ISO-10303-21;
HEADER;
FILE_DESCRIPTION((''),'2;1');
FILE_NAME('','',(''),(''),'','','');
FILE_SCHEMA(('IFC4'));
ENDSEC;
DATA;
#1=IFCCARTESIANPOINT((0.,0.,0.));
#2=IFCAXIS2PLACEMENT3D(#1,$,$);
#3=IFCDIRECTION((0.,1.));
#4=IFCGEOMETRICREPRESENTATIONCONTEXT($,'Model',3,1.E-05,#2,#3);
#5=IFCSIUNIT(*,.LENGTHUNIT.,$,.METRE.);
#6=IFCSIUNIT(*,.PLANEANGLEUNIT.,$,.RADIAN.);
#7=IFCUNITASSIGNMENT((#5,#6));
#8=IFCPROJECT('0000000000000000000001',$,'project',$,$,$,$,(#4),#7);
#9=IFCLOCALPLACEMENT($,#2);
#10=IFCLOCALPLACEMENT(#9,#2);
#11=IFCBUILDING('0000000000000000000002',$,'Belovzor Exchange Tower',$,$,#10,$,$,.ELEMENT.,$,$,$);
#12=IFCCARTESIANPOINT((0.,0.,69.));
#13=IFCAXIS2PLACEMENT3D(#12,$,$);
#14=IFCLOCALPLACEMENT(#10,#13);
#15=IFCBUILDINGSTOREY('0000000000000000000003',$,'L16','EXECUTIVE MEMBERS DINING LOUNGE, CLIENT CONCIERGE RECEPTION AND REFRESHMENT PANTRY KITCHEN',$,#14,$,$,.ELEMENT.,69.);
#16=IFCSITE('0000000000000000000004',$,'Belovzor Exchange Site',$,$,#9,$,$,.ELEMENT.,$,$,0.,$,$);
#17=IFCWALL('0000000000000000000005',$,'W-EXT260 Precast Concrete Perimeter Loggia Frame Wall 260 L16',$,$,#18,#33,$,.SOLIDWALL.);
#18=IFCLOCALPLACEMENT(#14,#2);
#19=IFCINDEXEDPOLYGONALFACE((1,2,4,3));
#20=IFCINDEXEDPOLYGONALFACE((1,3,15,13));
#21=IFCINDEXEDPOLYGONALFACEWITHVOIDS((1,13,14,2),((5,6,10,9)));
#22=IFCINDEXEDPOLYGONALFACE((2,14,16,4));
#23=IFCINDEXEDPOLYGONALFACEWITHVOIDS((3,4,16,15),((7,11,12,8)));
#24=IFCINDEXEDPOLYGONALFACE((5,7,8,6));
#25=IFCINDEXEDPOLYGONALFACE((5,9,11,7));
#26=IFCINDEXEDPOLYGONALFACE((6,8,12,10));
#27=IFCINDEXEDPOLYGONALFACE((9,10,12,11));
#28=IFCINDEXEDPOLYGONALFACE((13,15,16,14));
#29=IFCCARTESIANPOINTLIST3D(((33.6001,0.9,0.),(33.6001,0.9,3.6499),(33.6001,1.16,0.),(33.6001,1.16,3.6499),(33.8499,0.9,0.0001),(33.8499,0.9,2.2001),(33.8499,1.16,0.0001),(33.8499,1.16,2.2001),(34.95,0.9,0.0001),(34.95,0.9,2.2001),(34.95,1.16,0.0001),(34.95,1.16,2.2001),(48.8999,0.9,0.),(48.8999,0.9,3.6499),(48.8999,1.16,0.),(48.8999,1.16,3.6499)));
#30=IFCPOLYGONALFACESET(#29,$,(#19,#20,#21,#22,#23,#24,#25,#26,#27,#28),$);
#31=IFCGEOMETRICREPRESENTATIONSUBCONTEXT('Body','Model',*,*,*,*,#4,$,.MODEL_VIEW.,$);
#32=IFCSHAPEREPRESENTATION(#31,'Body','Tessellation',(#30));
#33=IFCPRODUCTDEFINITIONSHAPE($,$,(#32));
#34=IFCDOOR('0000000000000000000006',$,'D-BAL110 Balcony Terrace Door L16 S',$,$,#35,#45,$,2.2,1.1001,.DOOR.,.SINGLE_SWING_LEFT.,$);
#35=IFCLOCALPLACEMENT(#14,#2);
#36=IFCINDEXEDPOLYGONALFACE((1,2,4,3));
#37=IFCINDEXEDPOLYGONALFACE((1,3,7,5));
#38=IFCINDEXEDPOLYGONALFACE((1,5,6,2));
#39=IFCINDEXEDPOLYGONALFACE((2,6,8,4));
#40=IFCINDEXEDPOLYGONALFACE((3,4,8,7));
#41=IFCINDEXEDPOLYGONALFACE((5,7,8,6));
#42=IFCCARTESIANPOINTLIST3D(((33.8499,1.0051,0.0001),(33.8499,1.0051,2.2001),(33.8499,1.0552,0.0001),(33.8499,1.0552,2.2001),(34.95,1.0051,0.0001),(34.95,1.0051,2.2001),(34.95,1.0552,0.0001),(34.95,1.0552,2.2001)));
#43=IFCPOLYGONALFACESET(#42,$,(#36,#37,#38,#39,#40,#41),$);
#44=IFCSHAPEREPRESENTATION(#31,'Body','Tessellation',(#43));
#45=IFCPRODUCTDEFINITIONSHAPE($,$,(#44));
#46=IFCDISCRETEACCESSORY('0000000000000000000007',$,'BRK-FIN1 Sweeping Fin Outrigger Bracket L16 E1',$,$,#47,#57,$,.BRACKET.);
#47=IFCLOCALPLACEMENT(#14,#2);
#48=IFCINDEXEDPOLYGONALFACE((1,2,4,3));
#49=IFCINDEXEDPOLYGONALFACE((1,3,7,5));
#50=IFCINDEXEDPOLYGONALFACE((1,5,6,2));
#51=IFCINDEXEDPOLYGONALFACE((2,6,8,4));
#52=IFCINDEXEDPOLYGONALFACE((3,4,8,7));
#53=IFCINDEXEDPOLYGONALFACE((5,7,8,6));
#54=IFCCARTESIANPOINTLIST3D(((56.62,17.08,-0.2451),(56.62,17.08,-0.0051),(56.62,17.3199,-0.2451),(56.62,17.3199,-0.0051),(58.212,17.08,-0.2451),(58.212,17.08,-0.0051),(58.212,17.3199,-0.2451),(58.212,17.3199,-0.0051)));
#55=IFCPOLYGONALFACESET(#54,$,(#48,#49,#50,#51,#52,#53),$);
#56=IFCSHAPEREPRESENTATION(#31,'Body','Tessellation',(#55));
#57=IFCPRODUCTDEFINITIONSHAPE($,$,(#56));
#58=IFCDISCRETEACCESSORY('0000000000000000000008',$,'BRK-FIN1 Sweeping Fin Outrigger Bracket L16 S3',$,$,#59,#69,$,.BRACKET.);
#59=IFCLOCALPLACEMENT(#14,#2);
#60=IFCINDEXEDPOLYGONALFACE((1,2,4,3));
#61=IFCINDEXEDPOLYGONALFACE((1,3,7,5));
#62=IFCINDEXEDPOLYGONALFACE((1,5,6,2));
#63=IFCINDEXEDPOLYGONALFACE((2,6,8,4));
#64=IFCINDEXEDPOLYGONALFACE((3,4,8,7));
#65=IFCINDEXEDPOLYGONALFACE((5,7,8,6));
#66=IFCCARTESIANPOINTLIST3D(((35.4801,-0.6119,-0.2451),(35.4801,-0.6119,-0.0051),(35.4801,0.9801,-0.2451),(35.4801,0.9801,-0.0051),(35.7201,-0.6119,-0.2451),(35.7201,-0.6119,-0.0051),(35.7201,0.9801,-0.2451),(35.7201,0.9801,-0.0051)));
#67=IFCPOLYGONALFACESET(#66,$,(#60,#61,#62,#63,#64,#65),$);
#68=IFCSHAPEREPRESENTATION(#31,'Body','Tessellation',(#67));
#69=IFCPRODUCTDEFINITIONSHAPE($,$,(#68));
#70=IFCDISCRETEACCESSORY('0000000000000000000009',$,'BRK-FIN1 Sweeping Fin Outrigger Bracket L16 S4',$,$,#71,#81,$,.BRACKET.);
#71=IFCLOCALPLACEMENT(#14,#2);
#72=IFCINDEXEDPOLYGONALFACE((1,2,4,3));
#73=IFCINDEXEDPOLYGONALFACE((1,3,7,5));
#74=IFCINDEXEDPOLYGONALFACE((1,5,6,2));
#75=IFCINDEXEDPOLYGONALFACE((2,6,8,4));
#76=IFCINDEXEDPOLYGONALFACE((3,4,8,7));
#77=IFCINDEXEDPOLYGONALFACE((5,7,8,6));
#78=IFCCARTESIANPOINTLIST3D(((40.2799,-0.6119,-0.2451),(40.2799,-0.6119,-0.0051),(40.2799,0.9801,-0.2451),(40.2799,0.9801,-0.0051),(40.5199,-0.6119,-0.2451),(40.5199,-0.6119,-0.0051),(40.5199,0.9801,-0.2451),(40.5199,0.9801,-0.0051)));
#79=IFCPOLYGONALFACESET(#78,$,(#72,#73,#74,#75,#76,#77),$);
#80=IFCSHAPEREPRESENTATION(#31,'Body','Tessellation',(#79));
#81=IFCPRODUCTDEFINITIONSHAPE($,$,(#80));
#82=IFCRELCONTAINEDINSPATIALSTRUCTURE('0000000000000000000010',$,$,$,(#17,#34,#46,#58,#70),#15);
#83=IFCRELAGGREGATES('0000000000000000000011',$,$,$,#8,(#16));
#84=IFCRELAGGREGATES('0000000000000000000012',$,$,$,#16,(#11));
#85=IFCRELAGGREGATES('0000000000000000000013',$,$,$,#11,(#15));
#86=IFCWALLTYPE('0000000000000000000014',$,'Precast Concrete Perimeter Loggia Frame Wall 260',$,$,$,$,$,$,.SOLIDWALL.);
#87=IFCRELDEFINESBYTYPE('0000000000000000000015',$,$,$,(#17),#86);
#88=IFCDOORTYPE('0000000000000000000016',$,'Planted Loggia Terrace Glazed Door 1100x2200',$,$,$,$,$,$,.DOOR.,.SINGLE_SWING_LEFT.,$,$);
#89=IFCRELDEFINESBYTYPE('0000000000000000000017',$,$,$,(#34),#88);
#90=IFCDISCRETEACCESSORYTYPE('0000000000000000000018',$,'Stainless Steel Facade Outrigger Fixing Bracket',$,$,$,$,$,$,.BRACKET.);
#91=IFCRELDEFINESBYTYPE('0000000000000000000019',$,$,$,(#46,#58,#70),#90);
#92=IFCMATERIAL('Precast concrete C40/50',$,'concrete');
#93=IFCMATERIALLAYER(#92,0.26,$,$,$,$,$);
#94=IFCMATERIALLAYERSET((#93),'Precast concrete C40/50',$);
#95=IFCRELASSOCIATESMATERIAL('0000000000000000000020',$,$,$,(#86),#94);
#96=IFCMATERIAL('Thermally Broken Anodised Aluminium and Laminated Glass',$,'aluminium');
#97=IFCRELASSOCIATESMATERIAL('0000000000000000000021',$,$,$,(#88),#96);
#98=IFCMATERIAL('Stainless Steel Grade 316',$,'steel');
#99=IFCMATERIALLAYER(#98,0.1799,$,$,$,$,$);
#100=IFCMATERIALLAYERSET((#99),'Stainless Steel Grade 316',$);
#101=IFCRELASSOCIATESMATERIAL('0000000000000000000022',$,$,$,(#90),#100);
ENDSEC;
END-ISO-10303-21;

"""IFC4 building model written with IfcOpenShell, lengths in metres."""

from ifc_helpers import new_model, si_unit, direction, frame, frame_2d, origin, origin_2d, place, context, subcontext, project, spatial, rectangle, extrude, material, layer, layer_set, type_object, element, fill, save


model = new_model("IFC4")

# Units and contexts
model_context = context("Model", 3, precision=1e-05, world=origin(), true_north=direction((0.0, 1.0)))
body_context = subcontext(model_context, "Body", "Model", "MODEL_VIEW")
ifc_project = project(units=[si_unit("LENGTHUNIT", "METRE"), si_unit("PLANEANGLEUNIT", "RADIAN")], contexts=[model_context])

# Site, building, storey
site_placement = place(None, origin())
site = spatial("IfcSite", under=ifc_project, at=site_placement, Name="Belovzor Exchange Site", CompositionType="ELEMENT", RefElevation=0.0)
building_placement = place(site_placement, origin())
building = spatial("IfcBuilding", under=site, at=building_placement, Name="Belovzor Exchange Tower", CompositionType="ELEMENT")
storey_placement = place(building_placement, frame((0.0, 0.0, 69.0)))
storey = spatial("IfcBuildingStorey", under=building, at=storey_placement, Name="L16", Description="EXECUTIVE MEMBERS DINING LOUNGE, CLIENT CONCIERGE RECEPTION AND REFRESHMENT PANTRY KITCHEN", CompositionType="ELEMENT", Elevation=69.0)

# Wall, opening, door
ifc_material_1 = material(Name="Precast concrete C40/50", Category="concrete")
ifc_layer_1 = layer(ifc_material_1, 0.26)
ifc_layer_set_1 = layer_set([ifc_layer_1], Name="Precast concrete C40/50")
wall_type_1 = type_object("IfcWallType", Name="Precast Concrete Perimeter Loggia Frame Wall 260", PredefinedType="SOLIDWALL", material=ifc_layer_set_1)
wall_1_placement = place(storey_placement, frame((48.8999, 1.03, 0.0), z_axis=(0.0, 0.0, 1.0), x_axis=(-1.0, 0.0, 0.0)))
wall_1 = element("IfcWall", 1, at=wall_1_placement, inside=storey, type_object=wall_type_1, Name="W-EXT260 Precast Concrete Perimeter Loggia Frame Wall 260 L16", PredefinedType="SOLIDWALL", context=body_context, shape_type="SweptSolid", body=[
    extrude(rectangle(XDim=15.2998, YDim=0.26, at=frame_2d((7.6499, 0.0))), origin(), (0.0, 0.0, 1.0), 3.6499),
])
opening_1_placement = place(wall_1_placement, frame((13.95, 0.0, 0.0)))
opening_1 = element("IfcOpeningElement", 2, at=opening_1_placement, cuts=wall_1, PredefinedType="OPENING", context=body_context, shape_type="SweptSolid", body=[
    extrude(rectangle(XDim=1.1001, YDim=2.2, at=frame_2d((0.55, 1.1001))), frame((0.0, 0.1399, 0.0), z_axis=(0.0, -1.0, 0.0), x_axis=(1.0, 0.0, 0.0)), (0.0, 0.0, 1.0), 0.28),
])
ifc_material_2 = material(Name="Thermally Broken Anodised Aluminium and Laminated Glass", Category="aluminium")
door_type_1 = type_object("IfcDoorType", Name="Planted Loggia Terrace Glazed Door 1100x2200", OperationType="SINGLE_SWING_LEFT", PredefinedType="DOOR", material=ifc_material_2)
door_1_placement = place(opening_1_placement, origin())
door_1 = element("IfcDoor", 3, at=door_1_placement, inside=storey, type_object=door_type_1, Name="D-BAL110 Balcony Terrace Door L16 S", OperationType="SINGLE_SWING_LEFT", OverallHeight=2.2, OverallWidth=1.1001, PredefinedType="DOOR", context=body_context, shape_type="SweptSolid", body=[
    extrude(rectangle(XDim=1.1001, YDim=2.2, at=frame_2d((0.55, 1.1001))), frame((0.0, 0.0249, 0.0), z_axis=(0.0, -1.0, 0.0), x_axis=(1.0, 0.0, 0.0)), (0.0, 0.0, 1.0), 0.05),
])
fill(opening_1, door_1)

# Discrete accessories
ifc_material_3 = material(Name="Stainless Steel Grade 316", Category="steel")
ifc_layer_2 = layer(ifc_material_3, 0.1799)
ifc_layer_set_2 = layer_set([ifc_layer_2], Name="Stainless Steel Grade 316")
discrete_accessory_type = type_object("IfcDiscreteAccessoryType", Name="Stainless Steel Facade Outrigger Fixing Bracket", PredefinedType="BRACKET", material=ifc_layer_set_2)
for number, where, z_axis, x_axis, name in (
    (4, (57.416, 17.2, -0.2451), (0.0, 0.0, 1.0), (1.0, 0.0, 0.0), "BRK-FIN1 Sweeping Fin Outrigger Bracket L16 E1"),
    (5, (35.6001, 0.1841, -0.2451), (0.0, 0.0, 1.0), (0.0, 1.0, 0.0), "BRK-FIN1 Sweeping Fin Outrigger Bracket L16 S3"),
    (6, (40.3999, 0.1841, -0.2451), (0.0, 0.0, 1.0), (0.0, 1.0, 0.0), "BRK-FIN1 Sweeping Fin Outrigger Bracket L16 S4"),
):
    element("IfcDiscreteAccessory", number, at=place(storey_placement, frame(where, z_axis=z_axis, x_axis=x_axis)), inside=storey, type_object=discrete_accessory_type, Name=name, PredefinedType="BRACKET", context=body_context, shape_type="SweptSolid", body=[
        extrude(rectangle(XDim=1.592, YDim=0.24, at=origin_2d()), origin(), (0.0, 0.0, 1.0), 0.24),
    ])

save(model, "model.ifc")
